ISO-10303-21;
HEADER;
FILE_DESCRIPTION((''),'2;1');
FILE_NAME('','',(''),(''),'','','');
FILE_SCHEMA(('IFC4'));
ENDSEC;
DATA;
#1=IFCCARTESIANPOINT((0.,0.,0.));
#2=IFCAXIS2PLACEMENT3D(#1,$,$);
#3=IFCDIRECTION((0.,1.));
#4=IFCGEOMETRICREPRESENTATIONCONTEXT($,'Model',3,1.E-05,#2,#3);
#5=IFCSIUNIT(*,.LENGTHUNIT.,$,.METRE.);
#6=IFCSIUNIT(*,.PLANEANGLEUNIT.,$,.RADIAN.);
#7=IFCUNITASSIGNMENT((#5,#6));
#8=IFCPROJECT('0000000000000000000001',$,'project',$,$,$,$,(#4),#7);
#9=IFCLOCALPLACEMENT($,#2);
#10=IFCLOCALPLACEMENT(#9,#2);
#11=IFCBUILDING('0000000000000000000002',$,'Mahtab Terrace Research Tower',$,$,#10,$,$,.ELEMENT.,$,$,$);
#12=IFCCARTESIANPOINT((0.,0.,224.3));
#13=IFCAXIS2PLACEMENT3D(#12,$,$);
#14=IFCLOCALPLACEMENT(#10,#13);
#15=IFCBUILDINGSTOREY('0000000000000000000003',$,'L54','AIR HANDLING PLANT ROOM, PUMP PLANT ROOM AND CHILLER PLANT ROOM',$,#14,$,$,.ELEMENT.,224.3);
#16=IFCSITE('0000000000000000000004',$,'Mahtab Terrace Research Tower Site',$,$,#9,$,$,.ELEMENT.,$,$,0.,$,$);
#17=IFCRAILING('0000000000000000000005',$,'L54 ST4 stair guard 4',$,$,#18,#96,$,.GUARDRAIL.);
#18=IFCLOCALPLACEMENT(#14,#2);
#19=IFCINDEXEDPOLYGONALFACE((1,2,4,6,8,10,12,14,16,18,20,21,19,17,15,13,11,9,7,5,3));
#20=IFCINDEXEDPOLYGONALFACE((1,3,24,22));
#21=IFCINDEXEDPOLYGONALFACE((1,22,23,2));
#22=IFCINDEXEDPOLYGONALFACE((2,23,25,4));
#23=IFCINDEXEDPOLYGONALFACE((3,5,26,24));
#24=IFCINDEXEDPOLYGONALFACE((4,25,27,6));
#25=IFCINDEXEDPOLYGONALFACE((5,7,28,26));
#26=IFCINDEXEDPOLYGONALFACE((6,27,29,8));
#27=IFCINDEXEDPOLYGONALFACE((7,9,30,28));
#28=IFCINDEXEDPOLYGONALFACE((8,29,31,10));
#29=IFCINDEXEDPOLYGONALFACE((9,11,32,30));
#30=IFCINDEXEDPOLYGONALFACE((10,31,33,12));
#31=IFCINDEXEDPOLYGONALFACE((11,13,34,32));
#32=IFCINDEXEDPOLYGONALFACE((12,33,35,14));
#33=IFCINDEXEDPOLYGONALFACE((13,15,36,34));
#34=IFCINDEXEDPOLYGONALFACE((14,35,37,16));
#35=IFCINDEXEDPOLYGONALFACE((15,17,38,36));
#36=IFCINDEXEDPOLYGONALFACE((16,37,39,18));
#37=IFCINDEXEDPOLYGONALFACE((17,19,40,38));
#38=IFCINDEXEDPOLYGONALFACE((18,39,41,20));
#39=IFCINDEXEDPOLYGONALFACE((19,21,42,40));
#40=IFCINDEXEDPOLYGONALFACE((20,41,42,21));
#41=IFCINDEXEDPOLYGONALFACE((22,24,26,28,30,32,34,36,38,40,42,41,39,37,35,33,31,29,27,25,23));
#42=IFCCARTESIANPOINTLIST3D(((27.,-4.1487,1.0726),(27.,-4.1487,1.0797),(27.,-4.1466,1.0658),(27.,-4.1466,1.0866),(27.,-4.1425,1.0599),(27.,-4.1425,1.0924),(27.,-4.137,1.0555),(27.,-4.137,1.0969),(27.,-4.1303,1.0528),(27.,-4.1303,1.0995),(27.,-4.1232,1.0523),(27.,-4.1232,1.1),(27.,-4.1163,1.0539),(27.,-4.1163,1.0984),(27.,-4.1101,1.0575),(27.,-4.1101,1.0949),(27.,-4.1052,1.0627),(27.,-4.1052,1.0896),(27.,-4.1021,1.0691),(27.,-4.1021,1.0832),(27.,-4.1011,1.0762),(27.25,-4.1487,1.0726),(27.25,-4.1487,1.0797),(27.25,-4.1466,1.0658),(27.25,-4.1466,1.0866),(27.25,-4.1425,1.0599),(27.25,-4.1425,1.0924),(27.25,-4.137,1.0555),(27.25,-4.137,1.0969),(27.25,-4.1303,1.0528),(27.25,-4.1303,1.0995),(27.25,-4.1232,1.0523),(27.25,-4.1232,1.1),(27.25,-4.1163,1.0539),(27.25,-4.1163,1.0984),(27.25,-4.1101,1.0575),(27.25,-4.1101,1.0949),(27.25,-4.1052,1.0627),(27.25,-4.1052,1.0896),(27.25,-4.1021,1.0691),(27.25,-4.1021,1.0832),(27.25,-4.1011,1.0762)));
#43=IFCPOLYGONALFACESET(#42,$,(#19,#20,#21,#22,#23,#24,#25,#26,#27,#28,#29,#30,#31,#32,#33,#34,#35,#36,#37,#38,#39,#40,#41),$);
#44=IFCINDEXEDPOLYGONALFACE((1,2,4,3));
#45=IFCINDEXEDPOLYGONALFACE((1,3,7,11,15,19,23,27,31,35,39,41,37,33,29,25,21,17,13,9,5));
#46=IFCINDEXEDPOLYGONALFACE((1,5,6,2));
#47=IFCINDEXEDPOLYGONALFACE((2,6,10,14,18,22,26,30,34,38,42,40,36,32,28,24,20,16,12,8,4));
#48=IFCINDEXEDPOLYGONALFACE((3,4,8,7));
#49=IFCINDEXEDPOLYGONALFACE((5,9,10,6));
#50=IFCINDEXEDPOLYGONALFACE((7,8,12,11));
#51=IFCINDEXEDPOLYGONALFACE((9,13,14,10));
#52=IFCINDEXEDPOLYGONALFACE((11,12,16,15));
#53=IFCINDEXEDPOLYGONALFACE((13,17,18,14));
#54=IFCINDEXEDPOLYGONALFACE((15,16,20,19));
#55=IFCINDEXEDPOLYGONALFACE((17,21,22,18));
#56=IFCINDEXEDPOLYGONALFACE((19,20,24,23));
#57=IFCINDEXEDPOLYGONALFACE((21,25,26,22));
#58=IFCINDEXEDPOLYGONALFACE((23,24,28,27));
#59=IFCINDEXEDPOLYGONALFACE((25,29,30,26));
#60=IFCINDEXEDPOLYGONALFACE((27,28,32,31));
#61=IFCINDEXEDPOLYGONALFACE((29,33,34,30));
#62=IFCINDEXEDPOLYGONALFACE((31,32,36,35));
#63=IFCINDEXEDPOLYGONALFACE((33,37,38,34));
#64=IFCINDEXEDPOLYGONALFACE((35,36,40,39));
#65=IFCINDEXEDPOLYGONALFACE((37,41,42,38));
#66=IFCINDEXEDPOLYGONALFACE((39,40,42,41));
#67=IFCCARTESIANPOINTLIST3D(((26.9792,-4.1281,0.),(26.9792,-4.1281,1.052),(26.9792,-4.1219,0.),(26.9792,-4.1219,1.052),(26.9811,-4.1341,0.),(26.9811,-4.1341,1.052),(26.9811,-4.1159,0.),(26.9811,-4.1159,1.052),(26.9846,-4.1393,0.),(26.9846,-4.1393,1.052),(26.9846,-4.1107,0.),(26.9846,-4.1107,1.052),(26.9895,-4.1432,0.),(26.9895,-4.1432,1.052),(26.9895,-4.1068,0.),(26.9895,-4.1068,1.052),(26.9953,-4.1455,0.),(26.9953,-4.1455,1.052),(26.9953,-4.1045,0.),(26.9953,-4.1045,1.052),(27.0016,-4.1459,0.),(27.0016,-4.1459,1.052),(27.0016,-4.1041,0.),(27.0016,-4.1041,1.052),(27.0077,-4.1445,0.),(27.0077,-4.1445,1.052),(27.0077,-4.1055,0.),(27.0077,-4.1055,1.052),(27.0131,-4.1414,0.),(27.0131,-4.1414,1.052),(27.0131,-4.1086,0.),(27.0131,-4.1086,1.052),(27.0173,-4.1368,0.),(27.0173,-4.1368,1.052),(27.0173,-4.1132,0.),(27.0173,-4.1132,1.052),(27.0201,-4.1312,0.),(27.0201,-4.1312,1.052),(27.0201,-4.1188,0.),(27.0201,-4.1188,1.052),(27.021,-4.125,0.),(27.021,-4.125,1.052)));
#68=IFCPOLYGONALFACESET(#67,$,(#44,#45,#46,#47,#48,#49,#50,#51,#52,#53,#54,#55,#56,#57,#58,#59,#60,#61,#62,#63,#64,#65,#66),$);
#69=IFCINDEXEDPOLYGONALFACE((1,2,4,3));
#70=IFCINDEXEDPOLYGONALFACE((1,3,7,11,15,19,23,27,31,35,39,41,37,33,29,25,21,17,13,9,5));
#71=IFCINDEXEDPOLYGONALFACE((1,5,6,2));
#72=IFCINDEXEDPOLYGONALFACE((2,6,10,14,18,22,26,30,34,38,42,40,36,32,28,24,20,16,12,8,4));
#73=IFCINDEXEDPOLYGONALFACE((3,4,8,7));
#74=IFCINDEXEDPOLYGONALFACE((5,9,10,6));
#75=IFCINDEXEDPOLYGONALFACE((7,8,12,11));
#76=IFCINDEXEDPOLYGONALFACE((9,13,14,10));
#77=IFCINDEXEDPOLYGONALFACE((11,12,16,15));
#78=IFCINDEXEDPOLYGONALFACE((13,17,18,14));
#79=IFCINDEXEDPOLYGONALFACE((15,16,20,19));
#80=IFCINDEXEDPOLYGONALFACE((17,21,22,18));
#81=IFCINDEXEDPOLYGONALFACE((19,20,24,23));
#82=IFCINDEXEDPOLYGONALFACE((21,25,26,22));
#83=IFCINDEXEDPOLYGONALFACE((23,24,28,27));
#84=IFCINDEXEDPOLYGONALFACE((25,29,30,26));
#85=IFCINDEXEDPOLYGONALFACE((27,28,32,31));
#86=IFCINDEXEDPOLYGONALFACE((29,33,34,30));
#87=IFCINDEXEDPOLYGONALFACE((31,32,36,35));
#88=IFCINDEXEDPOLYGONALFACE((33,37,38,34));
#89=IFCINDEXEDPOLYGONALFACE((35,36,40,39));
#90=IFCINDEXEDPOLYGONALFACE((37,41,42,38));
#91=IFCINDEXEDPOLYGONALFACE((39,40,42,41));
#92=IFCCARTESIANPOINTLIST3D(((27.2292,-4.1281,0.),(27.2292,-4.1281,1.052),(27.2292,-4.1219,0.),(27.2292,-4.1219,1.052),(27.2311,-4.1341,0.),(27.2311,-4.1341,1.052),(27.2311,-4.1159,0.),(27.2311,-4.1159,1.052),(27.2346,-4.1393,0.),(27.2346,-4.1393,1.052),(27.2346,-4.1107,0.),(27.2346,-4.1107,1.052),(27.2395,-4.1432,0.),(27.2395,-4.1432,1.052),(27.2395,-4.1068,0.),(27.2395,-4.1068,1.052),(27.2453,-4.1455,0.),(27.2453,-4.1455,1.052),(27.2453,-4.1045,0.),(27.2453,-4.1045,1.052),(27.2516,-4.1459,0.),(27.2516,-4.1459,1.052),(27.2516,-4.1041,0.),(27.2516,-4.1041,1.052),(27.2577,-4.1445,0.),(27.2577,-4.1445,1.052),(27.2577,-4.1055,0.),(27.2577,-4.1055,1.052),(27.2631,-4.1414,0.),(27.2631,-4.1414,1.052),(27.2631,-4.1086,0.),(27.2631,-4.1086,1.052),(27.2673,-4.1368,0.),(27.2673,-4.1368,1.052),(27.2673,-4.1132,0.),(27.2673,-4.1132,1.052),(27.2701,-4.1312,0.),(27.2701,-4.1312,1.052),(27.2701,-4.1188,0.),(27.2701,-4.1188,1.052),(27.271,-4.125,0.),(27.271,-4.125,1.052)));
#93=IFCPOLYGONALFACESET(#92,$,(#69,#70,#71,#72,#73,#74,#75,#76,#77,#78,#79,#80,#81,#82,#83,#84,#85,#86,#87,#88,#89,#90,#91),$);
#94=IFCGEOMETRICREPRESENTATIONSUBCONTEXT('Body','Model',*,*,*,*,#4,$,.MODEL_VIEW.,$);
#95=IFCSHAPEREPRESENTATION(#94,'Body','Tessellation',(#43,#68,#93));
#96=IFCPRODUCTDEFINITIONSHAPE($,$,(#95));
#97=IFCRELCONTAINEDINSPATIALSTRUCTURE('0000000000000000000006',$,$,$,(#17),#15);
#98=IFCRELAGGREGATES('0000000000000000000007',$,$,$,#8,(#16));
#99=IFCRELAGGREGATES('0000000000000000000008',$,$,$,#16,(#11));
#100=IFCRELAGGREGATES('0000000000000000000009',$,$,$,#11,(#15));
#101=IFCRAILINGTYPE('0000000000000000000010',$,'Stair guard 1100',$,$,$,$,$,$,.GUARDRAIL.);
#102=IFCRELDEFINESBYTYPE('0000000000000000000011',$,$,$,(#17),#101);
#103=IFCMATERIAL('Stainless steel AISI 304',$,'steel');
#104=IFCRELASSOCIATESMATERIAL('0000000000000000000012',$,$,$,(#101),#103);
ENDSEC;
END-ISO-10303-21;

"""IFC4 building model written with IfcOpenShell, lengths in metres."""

from ifc_helpers import new_model, si_unit, direction, frame, origin, origin_2d, place, context, subcontext, project, spatial, circle, extrude, material, type_object, element, save


model = new_model("IFC4")

# Units and contexts
model_context = context("Model", 3, precision=1e-05, world=origin(), true_north=direction((0.0, 1.0)))
body_context = subcontext(model_context, "Body", "Model", "MODEL_VIEW")
ifc_project = project(units=[si_unit("LENGTHUNIT", "METRE"), si_unit("PLANEANGLEUNIT", "RADIAN")], contexts=[model_context])

# Site, building, storey
site_placement = place(None, origin())
site = spatial("IfcSite", under=ifc_project, at=site_placement, Name="Mahtab Terrace Research Tower Site", CompositionType="ELEMENT", RefElevation=0.0)
building_placement = place(site_placement, origin())
building = spatial("IfcBuilding", under=site, at=building_placement, Name="Mahtab Terrace Research Tower", CompositionType="ELEMENT")
storey_placement = place(building_placement, frame((0.0, 0.0, 224.3)))
storey = spatial("IfcBuildingStorey", under=building, at=storey_placement, Name="L54", Description="AIR HANDLING PLANT ROOM, PUMP PLANT ROOM AND CHILLER PLANT ROOM", CompositionType="ELEMENT", Elevation=224.3)

# Railing
ifc_material_1 = material(Name="Stainless steel AISI 304", Category="steel")
railing_type_1 = type_object("IfcRailingType", Name="Stair guard 1100", PredefinedType="GUARDRAIL", material=ifc_material_1)
railing_1_placement = place(storey_placement, frame((27.0, -4.125, 0.0)))
element("IfcRailing", 1, at=railing_1_placement, inside=storey, type_object=railing_type_1, Name="L54 ST4 stair guard 4", PredefinedType="GUARDRAIL", context=body_context, shape_type="SweptSolid", body=[
    extrude(circle(Radius=0.0239, at=origin_2d()), frame((0.0, 0.0, 1.0762), z_axis=(1.0, 0.0, 0.0), x_axis=(0.0, 1.0, 0.0)), (0.0, 0.0, 1.0), 0.25),
    extrude(circle(Radius=0.021, at=origin_2d()), origin(), (0.0, 0.0, 1.0), 1.052),
    extrude(circle(Radius=0.021, at=origin_2d()), frame((0.25, 0.0, 0.0)), (0.0, 0.0, 1.0), 1.052),
])

save(model, "model.ifc")
